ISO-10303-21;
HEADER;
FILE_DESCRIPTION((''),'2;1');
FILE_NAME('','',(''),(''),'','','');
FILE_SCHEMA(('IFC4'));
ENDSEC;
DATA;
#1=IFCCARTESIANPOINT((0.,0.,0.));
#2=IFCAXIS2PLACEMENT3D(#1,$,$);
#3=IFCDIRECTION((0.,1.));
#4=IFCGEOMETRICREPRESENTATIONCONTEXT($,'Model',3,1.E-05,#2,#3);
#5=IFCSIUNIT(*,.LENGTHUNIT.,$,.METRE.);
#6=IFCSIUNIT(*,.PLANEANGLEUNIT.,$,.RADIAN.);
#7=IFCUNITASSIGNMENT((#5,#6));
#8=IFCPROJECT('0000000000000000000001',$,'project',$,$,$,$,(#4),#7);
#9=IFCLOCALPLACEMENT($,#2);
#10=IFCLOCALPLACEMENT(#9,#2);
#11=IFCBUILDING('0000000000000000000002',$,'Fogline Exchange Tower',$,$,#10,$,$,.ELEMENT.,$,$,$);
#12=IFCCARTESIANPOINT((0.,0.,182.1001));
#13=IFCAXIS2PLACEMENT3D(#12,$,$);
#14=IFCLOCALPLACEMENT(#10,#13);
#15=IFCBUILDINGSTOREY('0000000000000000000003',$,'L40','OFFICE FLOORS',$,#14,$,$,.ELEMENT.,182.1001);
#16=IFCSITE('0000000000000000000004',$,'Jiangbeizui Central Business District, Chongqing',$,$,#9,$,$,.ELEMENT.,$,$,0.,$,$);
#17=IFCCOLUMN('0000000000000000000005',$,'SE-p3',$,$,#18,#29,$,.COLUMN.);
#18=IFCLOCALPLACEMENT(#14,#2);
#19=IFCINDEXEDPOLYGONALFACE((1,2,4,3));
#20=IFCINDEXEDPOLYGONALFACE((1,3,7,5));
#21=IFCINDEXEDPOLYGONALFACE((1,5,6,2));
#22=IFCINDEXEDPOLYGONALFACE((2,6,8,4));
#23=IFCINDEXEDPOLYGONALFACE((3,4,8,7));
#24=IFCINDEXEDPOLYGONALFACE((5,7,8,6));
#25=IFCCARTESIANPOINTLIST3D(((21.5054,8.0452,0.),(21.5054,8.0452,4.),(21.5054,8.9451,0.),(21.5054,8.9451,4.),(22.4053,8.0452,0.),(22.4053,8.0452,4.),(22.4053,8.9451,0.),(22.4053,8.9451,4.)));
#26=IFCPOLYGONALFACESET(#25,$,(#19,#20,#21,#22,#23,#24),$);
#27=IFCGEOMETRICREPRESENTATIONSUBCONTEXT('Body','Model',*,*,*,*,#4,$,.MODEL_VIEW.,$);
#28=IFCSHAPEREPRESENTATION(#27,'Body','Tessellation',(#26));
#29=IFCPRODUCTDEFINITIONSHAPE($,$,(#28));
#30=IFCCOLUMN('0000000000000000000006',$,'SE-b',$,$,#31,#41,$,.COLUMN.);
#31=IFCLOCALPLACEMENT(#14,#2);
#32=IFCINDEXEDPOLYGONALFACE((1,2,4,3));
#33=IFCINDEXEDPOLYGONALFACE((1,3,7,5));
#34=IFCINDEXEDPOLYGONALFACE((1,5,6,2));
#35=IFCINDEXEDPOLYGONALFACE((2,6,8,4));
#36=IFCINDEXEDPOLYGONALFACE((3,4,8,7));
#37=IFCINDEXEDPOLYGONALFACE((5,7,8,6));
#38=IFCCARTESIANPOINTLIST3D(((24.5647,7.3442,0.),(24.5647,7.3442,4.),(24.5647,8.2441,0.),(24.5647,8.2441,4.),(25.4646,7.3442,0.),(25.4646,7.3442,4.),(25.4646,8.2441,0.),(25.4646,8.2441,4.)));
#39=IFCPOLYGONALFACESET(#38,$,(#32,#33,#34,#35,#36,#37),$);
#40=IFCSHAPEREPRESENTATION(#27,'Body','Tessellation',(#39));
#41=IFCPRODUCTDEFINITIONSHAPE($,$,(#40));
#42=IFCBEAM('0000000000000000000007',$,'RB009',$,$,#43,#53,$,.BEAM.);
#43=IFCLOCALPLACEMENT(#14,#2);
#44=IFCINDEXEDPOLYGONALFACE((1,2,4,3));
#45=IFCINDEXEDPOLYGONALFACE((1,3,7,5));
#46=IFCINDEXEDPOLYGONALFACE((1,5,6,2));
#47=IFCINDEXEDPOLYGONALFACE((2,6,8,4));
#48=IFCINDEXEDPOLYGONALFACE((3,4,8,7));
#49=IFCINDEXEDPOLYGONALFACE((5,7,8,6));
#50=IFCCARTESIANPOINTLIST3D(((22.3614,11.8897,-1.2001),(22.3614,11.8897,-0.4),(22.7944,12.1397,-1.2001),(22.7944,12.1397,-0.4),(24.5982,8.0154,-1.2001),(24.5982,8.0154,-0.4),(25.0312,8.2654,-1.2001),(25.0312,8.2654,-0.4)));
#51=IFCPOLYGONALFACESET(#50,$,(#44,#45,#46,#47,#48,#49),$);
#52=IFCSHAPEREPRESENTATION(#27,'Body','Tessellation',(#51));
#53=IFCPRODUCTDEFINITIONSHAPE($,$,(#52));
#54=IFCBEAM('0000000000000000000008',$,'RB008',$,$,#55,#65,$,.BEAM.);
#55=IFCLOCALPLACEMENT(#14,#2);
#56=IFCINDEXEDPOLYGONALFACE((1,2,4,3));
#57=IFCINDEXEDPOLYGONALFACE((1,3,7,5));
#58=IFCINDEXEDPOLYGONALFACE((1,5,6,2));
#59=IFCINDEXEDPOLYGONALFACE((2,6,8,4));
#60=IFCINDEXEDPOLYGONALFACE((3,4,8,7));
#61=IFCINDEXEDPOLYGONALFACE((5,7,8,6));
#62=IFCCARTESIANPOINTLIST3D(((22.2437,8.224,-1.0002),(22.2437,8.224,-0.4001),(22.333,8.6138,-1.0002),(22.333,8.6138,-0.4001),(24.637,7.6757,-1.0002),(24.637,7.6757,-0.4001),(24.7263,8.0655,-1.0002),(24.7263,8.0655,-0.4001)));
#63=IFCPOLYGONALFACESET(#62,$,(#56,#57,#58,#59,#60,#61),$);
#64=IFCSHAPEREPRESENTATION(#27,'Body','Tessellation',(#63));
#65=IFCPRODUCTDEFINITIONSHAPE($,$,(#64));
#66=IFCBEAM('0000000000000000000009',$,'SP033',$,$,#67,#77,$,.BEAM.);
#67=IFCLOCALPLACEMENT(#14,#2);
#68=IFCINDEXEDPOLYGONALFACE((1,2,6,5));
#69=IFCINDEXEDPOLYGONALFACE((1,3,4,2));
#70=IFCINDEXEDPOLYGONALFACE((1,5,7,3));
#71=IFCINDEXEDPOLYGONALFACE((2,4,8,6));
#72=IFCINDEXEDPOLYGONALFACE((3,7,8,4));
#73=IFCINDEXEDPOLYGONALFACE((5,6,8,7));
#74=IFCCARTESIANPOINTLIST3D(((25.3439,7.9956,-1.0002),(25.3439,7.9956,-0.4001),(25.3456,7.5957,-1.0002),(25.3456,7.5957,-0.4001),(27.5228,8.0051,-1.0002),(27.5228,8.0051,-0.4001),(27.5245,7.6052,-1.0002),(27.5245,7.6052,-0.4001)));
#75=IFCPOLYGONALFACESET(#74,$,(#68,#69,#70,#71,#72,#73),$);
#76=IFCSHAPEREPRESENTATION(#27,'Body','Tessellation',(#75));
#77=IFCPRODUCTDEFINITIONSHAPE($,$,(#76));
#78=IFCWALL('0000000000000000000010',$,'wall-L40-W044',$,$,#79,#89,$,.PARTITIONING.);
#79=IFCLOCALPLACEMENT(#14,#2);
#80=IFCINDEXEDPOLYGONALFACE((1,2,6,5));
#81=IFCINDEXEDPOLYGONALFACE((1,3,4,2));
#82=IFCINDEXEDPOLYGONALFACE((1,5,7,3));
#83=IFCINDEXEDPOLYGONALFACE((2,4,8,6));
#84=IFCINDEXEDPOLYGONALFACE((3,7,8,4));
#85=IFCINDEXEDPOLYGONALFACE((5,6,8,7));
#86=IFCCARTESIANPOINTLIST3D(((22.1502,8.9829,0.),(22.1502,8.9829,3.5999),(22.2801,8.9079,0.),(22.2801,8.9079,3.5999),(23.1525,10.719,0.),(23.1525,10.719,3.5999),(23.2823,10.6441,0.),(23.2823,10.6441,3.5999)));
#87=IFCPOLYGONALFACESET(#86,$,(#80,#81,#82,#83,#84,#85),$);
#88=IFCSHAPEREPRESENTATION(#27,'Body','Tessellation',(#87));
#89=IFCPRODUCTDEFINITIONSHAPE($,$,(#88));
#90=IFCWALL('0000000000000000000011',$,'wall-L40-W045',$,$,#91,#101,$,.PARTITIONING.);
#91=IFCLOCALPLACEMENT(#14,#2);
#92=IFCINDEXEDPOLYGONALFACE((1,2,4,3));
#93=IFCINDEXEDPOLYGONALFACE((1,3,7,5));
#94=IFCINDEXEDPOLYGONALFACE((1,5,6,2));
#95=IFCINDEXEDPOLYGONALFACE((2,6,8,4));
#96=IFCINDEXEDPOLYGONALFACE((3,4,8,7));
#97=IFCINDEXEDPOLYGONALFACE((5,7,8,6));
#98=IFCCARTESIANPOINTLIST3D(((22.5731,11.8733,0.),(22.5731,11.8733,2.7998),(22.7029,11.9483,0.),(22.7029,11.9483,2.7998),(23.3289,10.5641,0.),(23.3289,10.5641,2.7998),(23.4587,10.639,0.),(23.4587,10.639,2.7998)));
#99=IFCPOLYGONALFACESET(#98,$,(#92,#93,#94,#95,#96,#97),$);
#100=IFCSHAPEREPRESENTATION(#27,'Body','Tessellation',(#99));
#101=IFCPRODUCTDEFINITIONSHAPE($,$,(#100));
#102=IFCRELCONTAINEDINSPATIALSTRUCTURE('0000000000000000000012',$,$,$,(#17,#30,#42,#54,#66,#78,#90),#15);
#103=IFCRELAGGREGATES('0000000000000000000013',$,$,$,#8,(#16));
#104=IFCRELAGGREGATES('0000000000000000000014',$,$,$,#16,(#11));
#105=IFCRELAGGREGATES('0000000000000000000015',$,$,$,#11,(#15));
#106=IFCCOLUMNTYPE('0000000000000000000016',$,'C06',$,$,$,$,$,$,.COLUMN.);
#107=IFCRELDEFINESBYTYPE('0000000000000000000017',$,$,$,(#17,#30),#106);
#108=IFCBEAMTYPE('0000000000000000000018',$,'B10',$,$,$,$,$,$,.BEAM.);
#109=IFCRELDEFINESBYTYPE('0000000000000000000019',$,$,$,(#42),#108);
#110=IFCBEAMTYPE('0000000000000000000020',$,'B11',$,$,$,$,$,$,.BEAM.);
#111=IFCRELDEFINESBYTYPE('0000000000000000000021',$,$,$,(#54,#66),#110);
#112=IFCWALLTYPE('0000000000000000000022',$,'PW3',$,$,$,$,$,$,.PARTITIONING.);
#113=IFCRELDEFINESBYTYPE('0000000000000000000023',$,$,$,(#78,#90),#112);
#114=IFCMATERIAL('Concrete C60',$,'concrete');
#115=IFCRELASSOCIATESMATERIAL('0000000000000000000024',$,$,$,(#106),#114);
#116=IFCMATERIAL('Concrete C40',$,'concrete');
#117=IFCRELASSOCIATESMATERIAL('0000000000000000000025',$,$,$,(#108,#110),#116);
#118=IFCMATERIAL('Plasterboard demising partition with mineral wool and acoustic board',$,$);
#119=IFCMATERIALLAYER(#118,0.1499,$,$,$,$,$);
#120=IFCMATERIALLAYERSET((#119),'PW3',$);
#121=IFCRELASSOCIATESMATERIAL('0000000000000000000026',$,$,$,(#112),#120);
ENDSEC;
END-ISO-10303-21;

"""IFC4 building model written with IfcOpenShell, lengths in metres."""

from ifc_helpers import new_model, si_unit, direction, frame, frame_2d, origin, origin_2d, place, context, subcontext, project, spatial, rectangle, extrude, material, layer, layer_set, material_profile, profile_set, type_object, element, save


model = new_model("IFC4")

# Units and contexts
model_context = context("Model", 3, precision=1e-05, world=origin(), true_north=direction((0.0, 1.0)))
body_context = subcontext(model_context, "Body", "Model", "MODEL_VIEW")
ifc_project = project(units=[si_unit("LENGTHUNIT", "METRE"), si_unit("PLANEANGLEUNIT", "RADIAN")], contexts=[model_context])

# Site, building, storey
site_placement = place(None, origin())
site = spatial("IfcSite", under=ifc_project, at=site_placement, Name="Jiangbeizui Central Business District, Chongqing", CompositionType="ELEMENT", RefElevation=0.0)
building_placement = place(site_placement, origin())
building = spatial("IfcBuilding", under=site, at=building_placement, Name="Fogline Exchange Tower", CompositionType="ELEMENT")
storey_placement = place(building_placement, frame((0.0, 0.0, 182.1001)))
storey = spatial("IfcBuildingStorey", under=building, at=storey_placement, Name="L40", Description="OFFICE FLOORS", CompositionType="ELEMENT", Elevation=182.1001)

# Columns
ifc_material_1 = material(Name="Concrete C60", Category="concrete")
ifc_material_profile_1 = material_profile(ifc_material_1, rectangle(XDim=0.8999, YDim=0.8999, at=origin_2d()), Name="RC 900x900")
ifc_profile_set_1 = profile_set([ifc_material_profile_1], Name="Concrete C60")
column_type = type_object("IfcColumnType", Name="C06", PredefinedType="COLUMN", material=ifc_profile_set_1)
for number, where, z_axis, x_axis, name in (
    (1, (21.9553, 8.4951, 0.0), (0.0, 0.0, 1.0), (1.0, 0.0, 0.0), "SE-p3"),
    (2, (25.0146, 7.7942, 0.0), (0.0, 0.0, 1.0), (1.0, 0.0, 0.0), "SE-b"),
):
    element("IfcColumn", number, at=place(storey_placement, frame(where, z_axis=z_axis, x_axis=x_axis)), inside=storey, type_object=column_type, Name=name, PredefinedType="COLUMN", context=body_context, shape_type="SweptSolid", body=[
        extrude(rectangle(XDim=0.8999, YDim=0.8999, at=origin_2d()), origin(), (0.0, 0.0, 1.0), 4.0),
    ])

# Beams
ifc_material_2 = material(Name="Concrete C40", Category="concrete")
ifc_material_profile_2 = material_profile(ifc_material_2, rectangle(XDim=0.5, YDim=0.8, at=origin_2d()), Name="RC 500x800")
ifc_profile_set_2 = profile_set([ifc_material_profile_2], Name="Concrete C40")
beam_type_1 = type_object("IfcBeamType", Name="B10", PredefinedType="BEAM", material=ifc_profile_set_2)
beam_1_placement = place(storey_placement, frame((24.8147, 8.1404, -0.8), z_axis=(-0.500001, 0.866025, 0.0), x_axis=(-0.866025, -0.500001, 0.0)))
element("IfcBeam", 3, at=beam_1_placement, inside=storey, type_object=beam_type_1, Name="RB009", PredefinedType="BEAM", context=body_context, shape_type="SweptSolid", body=[
    extrude(rectangle(XDim=0.5, YDim=0.8, at=origin_2d()), origin(), (0.0, 0.0, 1.0), 4.4736),
])
ifc_material_profile_3 = material_profile(ifc_material_2, rectangle(XDim=0.3999, YDim=0.6001, at=origin_2d()), Name="RC 400x600")
ifc_profile_set_3 = profile_set([ifc_material_profile_3], Name="Concrete C40")
beam_type_2 = type_object("IfcBeamType", Name="B11", PredefinedType="BEAM", material=ifc_profile_set_3)
beam_2_placement = place(storey_placement, frame((22.2883, 8.4189, -0.7002), z_axis=(0.974744, -0.223327, 0.0), x_axis=(0.223327, 0.974744, 0.0)))
element("IfcBeam", 4, at=beam_2_placement, inside=storey, type_object=beam_type_2, Name="RB008", PredefinedType="BEAM", context=body_context, shape_type="SweptSolid", body=[
    extrude(rectangle(XDim=0.3999, YDim=0.6001, at=origin_2d()), origin(), (0.0, 0.0, 1.0), 2.4553),
])
beam_3_placement = place(storey_placement, frame((25.3447, 7.7957, -0.7002), z_axis=(0.99999, 0.00437, 0.0), x_axis=(-0.00437, 0.99999, 0.0)))
element("IfcBeam", 5, at=beam_3_placement, inside=storey, type_object=beam_type_2, Name="SP033", PredefinedType="BEAM", context=body_context, shape_type="SweptSolid", body=[
    extrude(rectangle(XDim=0.3999, YDim=0.6001, at=origin_2d()), origin(), (0.0, 0.0, 1.0), 2.179),
])

# Walls
ifc_material_3 = material(Name="Plasterboard demising partition with mineral wool and acoustic board")
ifc_layer_1 = layer(ifc_material_3, 0.1499)
ifc_layer_set_1 = layer_set([ifc_layer_1], Name="PW3")
wall_type_1 = type_object("IfcWallType", Name="PW3", PredefinedType="PARTITIONING", material=ifc_layer_set_1)
wall_1_placement = place(storey_placement, frame((22.2151, 8.9453, 0.0), z_axis=(0.0, 0.0, 1.0), x_axis=(0.499951, 0.866054, 0.0)))
element("IfcWall", 6, at=wall_1_placement, inside=storey, type_object=wall_type_1, Name="wall-L40-W044", PredefinedType="PARTITIONING", context=body_context, shape_type="SweptSolid", body=[
    extrude(rectangle(XDim=2.0046, YDim=0.1499, at=frame_2d((1.0024, 0.0))), origin(), (0.0, 0.0, 1.0), 3.5999),
])
wall_2_placement = place(storey_placement, frame((23.3938, 10.6016, 0.0), z_axis=(0.0, 0.0, 1.0), x_axis=(-0.49996, 0.866048, 0.0)))
element("IfcWall", 7, at=wall_2_placement, inside=storey, type_object=wall_type_1, Name="wall-L40-W045", PredefinedType="PARTITIONING", context=body_context, shape_type="SweptSolid", body=[
    extrude(rectangle(XDim=1.5117, YDim=0.1499, at=frame_2d((0.7559, 0.0))), origin(), (0.0, 0.0, 1.0), 2.7998),
])

save(model, "model.ifc")
